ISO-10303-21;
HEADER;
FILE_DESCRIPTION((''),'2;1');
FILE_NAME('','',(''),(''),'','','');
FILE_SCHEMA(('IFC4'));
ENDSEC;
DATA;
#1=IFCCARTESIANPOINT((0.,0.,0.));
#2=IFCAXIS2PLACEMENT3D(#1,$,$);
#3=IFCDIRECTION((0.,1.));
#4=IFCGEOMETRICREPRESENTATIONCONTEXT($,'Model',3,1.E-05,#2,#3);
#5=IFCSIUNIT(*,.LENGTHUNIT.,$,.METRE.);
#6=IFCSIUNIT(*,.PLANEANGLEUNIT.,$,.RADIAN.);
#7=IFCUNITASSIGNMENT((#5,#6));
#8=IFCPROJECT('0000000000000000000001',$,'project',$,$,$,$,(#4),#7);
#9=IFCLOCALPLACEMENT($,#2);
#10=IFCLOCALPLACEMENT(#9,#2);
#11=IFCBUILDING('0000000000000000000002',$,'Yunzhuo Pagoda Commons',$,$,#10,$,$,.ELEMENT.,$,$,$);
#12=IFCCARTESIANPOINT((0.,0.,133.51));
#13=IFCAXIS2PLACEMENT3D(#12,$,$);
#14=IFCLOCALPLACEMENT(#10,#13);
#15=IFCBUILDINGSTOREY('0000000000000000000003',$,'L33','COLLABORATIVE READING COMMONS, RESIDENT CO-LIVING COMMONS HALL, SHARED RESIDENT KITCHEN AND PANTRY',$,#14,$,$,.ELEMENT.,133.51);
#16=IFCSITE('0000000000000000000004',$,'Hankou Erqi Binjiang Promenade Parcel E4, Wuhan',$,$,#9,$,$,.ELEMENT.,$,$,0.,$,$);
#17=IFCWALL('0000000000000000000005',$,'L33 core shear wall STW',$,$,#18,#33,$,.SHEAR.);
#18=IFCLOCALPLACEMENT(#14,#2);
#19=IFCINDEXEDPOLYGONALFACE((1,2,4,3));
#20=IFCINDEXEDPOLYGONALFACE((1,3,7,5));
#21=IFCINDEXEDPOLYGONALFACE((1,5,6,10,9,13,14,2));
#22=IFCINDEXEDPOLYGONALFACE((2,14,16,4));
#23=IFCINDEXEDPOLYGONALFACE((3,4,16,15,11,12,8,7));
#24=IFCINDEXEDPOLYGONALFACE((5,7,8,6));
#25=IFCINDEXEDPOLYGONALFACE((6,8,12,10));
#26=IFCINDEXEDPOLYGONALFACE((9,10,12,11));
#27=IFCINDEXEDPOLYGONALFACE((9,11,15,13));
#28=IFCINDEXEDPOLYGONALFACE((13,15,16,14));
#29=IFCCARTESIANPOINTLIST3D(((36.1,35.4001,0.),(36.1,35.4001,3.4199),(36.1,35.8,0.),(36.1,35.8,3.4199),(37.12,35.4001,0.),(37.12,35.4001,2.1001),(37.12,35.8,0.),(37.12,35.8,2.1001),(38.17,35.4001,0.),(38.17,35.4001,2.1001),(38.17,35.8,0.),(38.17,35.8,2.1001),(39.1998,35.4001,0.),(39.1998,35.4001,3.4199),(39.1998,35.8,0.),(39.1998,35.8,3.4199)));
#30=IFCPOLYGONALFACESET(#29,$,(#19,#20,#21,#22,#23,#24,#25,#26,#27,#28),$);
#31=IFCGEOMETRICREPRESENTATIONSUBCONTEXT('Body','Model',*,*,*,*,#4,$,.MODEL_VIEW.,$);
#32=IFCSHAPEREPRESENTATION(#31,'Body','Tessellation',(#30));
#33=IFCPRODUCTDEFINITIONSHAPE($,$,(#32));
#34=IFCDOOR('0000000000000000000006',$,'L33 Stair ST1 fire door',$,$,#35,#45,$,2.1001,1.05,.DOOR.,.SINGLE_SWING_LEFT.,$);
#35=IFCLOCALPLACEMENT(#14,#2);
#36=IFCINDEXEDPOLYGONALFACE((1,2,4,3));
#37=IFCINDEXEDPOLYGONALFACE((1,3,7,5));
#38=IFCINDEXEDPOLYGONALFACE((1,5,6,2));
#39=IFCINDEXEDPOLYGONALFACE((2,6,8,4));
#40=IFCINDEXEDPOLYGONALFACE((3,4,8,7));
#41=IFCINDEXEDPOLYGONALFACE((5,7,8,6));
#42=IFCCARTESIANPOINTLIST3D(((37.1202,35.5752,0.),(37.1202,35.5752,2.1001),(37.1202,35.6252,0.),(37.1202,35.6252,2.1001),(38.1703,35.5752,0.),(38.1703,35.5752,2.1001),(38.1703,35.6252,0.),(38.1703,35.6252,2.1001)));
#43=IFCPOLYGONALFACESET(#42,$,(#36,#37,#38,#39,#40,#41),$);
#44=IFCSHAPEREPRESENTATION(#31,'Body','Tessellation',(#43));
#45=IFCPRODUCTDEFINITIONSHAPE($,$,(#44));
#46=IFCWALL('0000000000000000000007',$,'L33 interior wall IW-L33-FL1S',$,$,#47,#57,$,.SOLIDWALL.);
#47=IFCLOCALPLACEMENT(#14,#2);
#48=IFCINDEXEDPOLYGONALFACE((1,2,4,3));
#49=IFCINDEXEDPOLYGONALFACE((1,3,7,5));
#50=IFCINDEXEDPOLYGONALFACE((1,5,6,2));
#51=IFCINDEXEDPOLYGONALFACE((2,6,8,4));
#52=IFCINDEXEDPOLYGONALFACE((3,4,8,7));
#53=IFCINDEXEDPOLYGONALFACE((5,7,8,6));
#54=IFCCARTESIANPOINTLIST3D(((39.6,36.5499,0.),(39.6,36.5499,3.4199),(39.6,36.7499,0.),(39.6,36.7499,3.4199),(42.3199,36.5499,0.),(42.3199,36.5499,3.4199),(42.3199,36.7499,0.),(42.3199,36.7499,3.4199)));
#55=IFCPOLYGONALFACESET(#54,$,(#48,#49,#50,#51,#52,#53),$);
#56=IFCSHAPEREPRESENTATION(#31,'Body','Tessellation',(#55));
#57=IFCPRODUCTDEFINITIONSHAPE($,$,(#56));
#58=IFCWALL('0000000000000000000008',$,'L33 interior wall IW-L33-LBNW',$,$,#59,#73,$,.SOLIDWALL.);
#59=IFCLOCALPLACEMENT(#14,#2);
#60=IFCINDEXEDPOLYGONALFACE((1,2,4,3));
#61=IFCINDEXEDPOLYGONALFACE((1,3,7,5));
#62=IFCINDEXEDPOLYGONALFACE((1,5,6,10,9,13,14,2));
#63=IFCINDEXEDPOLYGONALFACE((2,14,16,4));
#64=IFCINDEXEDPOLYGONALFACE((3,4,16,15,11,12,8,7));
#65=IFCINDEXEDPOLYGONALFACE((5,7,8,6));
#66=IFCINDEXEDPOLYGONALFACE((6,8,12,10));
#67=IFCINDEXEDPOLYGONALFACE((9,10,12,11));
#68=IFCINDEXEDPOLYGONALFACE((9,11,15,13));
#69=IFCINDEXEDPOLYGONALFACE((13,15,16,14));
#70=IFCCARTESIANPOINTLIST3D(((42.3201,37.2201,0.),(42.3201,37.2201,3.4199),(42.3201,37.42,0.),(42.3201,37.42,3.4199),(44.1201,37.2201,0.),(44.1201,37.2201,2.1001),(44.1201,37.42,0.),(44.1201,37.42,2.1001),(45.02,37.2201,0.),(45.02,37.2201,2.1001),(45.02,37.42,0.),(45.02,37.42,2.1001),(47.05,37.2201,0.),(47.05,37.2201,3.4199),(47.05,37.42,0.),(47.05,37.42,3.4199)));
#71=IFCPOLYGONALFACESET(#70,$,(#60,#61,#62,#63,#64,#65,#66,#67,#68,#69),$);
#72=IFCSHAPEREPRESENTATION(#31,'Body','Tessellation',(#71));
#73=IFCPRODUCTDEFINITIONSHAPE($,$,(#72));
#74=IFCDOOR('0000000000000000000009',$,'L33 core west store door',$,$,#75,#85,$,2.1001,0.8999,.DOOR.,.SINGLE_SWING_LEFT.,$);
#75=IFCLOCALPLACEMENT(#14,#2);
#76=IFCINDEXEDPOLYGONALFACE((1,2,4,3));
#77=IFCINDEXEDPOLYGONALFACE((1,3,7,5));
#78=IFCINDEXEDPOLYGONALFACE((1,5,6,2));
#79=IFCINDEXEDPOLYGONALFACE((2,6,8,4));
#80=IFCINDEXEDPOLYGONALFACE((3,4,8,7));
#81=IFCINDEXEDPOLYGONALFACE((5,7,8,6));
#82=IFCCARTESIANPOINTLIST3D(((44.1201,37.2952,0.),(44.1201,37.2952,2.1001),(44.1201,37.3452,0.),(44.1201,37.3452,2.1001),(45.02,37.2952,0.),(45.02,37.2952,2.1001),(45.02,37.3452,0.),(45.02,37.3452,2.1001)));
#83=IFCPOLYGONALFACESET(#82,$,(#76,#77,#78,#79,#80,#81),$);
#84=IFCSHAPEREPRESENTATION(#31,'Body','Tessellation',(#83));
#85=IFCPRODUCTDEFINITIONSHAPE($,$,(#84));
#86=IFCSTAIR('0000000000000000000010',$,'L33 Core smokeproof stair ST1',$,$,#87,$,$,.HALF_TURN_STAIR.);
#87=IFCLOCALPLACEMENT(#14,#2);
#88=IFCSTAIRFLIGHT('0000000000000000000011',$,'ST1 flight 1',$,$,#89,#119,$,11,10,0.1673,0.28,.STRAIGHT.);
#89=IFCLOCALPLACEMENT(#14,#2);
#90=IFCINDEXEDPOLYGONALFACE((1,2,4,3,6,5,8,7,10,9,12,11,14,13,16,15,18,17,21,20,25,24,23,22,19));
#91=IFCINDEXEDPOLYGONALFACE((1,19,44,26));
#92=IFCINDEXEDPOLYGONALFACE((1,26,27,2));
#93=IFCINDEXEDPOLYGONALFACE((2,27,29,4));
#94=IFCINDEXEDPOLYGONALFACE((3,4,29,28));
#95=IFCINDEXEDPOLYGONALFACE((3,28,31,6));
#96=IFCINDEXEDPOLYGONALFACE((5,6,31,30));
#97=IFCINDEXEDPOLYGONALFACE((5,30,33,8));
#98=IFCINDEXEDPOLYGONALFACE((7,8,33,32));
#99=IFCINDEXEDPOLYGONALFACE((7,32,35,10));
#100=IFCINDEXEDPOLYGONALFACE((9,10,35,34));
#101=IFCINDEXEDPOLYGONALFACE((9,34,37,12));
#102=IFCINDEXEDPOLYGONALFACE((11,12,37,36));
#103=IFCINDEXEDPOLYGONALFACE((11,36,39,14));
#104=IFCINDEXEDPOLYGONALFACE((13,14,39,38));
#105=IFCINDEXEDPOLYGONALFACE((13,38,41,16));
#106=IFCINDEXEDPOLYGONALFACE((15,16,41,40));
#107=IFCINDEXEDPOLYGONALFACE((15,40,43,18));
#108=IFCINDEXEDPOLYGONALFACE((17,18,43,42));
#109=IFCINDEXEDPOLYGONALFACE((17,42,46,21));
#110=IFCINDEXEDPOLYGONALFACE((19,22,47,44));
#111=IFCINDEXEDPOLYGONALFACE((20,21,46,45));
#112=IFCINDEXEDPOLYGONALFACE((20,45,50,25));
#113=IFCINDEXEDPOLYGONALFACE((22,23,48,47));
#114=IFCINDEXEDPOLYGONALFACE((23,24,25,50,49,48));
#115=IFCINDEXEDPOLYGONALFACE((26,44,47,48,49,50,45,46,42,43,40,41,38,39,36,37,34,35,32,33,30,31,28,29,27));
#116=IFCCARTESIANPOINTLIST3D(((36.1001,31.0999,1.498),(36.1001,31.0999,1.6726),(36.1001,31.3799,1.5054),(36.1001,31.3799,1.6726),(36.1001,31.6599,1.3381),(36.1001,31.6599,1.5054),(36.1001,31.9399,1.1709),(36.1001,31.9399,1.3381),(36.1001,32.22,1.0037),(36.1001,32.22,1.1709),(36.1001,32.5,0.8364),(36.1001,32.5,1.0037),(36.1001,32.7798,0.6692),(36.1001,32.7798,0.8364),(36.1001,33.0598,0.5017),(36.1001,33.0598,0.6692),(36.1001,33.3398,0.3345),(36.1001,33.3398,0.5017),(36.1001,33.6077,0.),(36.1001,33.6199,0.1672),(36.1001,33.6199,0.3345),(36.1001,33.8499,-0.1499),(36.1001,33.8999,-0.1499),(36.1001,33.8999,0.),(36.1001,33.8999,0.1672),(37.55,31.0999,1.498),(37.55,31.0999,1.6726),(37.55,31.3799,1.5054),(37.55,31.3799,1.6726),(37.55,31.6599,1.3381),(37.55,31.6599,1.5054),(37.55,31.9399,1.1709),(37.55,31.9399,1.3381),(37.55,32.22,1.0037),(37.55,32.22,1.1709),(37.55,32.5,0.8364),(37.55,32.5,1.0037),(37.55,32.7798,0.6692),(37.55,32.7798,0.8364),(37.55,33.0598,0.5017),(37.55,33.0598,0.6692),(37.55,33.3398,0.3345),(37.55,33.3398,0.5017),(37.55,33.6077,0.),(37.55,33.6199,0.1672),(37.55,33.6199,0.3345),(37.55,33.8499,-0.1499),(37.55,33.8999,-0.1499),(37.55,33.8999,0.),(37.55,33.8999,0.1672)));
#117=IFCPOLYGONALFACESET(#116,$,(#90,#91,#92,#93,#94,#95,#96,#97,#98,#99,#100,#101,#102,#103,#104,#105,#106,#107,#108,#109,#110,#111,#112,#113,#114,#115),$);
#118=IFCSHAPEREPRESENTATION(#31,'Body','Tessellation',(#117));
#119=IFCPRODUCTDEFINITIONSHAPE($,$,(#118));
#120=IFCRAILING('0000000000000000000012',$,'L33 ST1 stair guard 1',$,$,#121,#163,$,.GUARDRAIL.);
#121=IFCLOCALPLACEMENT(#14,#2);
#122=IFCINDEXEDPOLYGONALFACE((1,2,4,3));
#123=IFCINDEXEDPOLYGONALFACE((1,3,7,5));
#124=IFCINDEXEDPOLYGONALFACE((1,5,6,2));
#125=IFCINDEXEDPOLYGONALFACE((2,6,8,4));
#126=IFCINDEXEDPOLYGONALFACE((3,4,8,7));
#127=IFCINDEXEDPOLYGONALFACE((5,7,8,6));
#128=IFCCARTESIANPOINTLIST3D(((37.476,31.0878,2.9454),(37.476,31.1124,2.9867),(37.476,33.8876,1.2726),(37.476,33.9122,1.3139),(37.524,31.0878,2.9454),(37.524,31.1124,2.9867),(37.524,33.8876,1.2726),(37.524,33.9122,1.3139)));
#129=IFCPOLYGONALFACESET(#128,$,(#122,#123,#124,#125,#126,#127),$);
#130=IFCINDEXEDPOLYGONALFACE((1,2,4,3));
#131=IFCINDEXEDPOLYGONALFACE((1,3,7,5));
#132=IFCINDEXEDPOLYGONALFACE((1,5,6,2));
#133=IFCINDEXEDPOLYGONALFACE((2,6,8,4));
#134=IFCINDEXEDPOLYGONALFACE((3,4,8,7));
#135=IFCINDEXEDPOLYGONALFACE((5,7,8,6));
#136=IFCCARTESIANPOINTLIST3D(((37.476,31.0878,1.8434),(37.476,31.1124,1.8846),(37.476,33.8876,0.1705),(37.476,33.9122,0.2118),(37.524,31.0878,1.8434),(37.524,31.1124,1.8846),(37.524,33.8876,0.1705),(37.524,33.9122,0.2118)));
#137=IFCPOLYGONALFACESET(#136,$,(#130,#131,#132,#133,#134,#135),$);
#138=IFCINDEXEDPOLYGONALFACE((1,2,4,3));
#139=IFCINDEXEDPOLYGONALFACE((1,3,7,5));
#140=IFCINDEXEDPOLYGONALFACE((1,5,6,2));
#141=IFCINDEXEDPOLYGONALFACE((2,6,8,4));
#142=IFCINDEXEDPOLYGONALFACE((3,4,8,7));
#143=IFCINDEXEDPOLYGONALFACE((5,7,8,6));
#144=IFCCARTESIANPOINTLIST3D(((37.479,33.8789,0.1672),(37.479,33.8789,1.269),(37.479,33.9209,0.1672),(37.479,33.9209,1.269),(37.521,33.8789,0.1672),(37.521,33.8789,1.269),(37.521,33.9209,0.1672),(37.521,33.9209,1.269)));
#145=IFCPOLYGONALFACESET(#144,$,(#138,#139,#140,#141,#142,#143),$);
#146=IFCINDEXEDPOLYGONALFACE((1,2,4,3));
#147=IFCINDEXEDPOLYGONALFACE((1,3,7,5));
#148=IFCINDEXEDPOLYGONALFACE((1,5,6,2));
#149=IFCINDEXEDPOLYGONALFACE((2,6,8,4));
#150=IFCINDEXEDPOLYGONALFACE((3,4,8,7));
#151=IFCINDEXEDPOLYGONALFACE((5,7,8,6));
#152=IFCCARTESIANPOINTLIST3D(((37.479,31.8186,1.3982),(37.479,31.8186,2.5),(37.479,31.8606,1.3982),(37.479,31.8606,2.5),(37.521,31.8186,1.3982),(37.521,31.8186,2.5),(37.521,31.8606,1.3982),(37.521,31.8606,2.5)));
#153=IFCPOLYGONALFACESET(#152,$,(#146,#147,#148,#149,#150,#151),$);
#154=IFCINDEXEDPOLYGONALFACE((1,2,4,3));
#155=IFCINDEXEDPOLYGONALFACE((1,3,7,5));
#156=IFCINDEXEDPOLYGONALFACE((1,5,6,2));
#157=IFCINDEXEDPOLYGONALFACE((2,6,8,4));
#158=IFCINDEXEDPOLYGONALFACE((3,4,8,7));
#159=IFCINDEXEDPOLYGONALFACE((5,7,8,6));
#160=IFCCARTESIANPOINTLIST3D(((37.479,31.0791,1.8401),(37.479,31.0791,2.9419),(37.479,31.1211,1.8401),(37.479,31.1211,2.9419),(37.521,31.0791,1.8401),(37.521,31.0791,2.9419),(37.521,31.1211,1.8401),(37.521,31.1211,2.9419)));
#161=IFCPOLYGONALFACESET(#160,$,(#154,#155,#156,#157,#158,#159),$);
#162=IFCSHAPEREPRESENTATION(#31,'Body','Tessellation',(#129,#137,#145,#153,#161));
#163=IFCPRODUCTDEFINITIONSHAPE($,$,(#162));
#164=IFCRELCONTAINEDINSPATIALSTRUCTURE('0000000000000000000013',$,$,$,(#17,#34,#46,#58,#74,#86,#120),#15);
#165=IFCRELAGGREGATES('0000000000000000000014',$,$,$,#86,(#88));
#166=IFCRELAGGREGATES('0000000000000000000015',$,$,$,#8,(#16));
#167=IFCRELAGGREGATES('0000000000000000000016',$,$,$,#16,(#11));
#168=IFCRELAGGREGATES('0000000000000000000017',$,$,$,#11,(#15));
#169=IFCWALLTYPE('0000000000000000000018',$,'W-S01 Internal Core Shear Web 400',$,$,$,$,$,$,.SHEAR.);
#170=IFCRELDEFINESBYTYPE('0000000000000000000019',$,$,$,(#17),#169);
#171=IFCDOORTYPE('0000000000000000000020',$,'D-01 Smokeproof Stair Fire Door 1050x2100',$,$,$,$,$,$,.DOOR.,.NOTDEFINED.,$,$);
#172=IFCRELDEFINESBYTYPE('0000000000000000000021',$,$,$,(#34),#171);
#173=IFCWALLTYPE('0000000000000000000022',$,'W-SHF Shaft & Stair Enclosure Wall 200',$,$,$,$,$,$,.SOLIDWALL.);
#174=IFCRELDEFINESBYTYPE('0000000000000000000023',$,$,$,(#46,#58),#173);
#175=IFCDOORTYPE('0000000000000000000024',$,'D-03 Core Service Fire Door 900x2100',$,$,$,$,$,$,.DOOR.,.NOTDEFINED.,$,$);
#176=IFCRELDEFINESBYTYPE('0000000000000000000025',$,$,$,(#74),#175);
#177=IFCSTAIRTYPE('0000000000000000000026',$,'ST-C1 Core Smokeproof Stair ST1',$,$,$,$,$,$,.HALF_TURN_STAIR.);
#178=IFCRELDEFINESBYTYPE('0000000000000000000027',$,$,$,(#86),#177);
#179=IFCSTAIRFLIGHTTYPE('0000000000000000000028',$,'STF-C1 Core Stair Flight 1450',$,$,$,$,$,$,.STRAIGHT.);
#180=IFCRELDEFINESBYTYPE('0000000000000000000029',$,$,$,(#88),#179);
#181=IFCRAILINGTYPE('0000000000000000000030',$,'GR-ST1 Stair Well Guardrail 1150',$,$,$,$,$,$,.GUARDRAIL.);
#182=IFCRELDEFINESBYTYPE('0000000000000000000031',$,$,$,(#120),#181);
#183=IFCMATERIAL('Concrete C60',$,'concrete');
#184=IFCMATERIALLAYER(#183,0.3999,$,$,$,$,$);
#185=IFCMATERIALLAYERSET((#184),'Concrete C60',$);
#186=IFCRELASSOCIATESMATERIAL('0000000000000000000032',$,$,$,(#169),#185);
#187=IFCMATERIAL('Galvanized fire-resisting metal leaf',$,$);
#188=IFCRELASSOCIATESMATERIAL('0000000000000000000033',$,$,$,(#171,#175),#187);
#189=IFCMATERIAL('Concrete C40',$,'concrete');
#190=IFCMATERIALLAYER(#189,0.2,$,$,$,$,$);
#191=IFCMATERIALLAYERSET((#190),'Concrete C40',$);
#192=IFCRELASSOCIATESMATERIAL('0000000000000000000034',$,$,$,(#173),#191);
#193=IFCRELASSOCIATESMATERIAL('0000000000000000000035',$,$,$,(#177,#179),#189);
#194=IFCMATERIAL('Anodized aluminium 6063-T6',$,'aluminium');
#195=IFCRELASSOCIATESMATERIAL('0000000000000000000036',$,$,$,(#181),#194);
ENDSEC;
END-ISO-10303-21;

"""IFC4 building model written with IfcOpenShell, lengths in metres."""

from ifc_helpers import new_model, si_unit, direction, frame, frame_2d, origin, origin_2d, place, context, subcontext, project, spatial, polyline, rectangle, outline, extrude, source, transform, mapped, material, layer, layer_set, type_object, element, fill, aggregate, save


model = new_model("IFC4")

# Units and contexts
model_context = context("Model", 3, precision=1e-05, world=origin(), true_north=direction((0.0, 1.0)))
body_context = subcontext(model_context, "Body", "Model", "MODEL_VIEW")
ifc_project = project(units=[si_unit("LENGTHUNIT", "METRE"), si_unit("PLANEANGLEUNIT", "RADIAN")], contexts=[model_context])

# Site, building, storey
site_placement = place(None, origin())
site = spatial("IfcSite", under=ifc_project, at=site_placement, Name="Hankou Erqi Binjiang Promenade Parcel E4, Wuhan", CompositionType="ELEMENT", RefElevation=0.0)
building_placement = place(site_placement, origin())
building = spatial("IfcBuilding", under=site, at=building_placement, Name="Yunzhuo Pagoda Commons", CompositionType="ELEMENT")
storey_placement = place(building_placement, frame((0.0, 0.0, 133.51)))
storey = spatial("IfcBuildingStorey", under=building, at=storey_placement, Name="L33", Description="COLLABORATIVE READING COMMONS, RESIDENT CO-LIVING COMMONS HALL, SHARED RESIDENT KITCHEN AND PANTRY", CompositionType="ELEMENT", Elevation=133.51)

# Shared definitions
ifc_material_1 = material(Name="Concrete C60", Category="concrete")
ifc_material_2 = material(Name="Galvanized fire-resisting metal leaf")
shared_shape_1 = source(origin(), body_context, "Body", "SweptSolid", [
    extrude(rectangle(XDim=1.05, YDim=2.1001, at=frame_2d((0.5249, 1.05))), frame((0.0, 0.0249, 0.0), z_axis=(0.0, -1.0, 0.0), x_axis=(1.0, 0.0, 0.0)), (0.0, 0.0, 1.0), 0.05),
])

# Wall, opening, door
ifc_layer_1 = layer(ifc_material_1, 0.3999)
ifc_layer_set_1 = layer_set([ifc_layer_1], Name="Concrete C60")
wall_type_1 = type_object("IfcWallType", Name="W-S01 Internal Core Shear Web 400", PredefinedType="SHEAR", material=ifc_layer_set_1)
wall_1_placement = place(storey_placement, frame((36.1001, 35.6001, 0.0), z_axis=(0.0, 0.0, 1.0), x_axis=(1.0, 0.0, 0.0)))
wall_1 = element("IfcWall", 1, at=wall_1_placement, inside=storey, type_object=wall_type_1, Name="L33 core shear wall STW", PredefinedType="SHEAR", context=body_context, shape_type="SweptSolid", body=[
    extrude(rectangle(XDim=3.0999, YDim=0.3999, at=frame_2d((1.5498, 0.0))), origin(), (0.0, 0.0, 1.0), 3.4199),
])
opening_1_placement = place(wall_1_placement, frame((1.02, 0.0, 0.0)))
opening_1 = element("IfcOpeningElement", 2, at=opening_1_placement, cuts=wall_1, PredefinedType="OPENING", context=body_context, shape_type="SweptSolid", body=[
    extrude(rectangle(XDim=1.05, YDim=2.1001, at=frame_2d((0.5249, 1.05))), frame((0.0, 0.21, 0.0), z_axis=(0.0, -1.0, 0.0), x_axis=(1.0, 0.0, 0.0)), (0.0, 0.0, 1.0), 0.4199),
])
door_type_1 = type_object("IfcDoorType", Name="D-01 Smokeproof Stair Fire Door 1050x2100", OperationType="NOTDEFINED", PredefinedType="DOOR", material=ifc_material_2)
door_1_placement = place(opening_1_placement, frame((1.05, 0.0, 0.0), z_axis=(0.0, 0.0, 1.0), x_axis=(-1.0, 0.0, 0.0)))
door_1 = element("IfcDoor", 3, at=door_1_placement, inside=storey, type_object=door_type_1, Name="L33 Stair ST1 fire door", OperationType="SINGLE_SWING_LEFT", OverallHeight=2.1001, OverallWidth=1.05, PredefinedType="DOOR", context=body_context, shape_type="MappedRepresentation", body=[
    mapped(shared_shape_1, transform((0.0, 0.0, 0.0), scale=1.0)),
])
fill(opening_1, door_1)

# Wall
ifc_material_3 = material(Name="Concrete C40", Category="concrete")
ifc_layer_2 = layer(ifc_material_3, 0.2)
ifc_layer_set_2 = layer_set([ifc_layer_2], Name="Concrete C40")
wall_type_2 = type_object("IfcWallType", Name="W-SHF Shaft & Stair Enclosure Wall 200", PredefinedType="SOLIDWALL", material=ifc_layer_set_2)
wall_2_placement = place(storey_placement, frame((39.6001, 36.6499, 0.0), z_axis=(0.0, 0.0, 1.0), x_axis=(1.0, 0.0, 0.0)))
element("IfcWall", 4, at=wall_2_placement, inside=storey, type_object=wall_type_2, Name="L33 interior wall IW-L33-FL1S", PredefinedType="SOLIDWALL", context=body_context, shape_type="SweptSolid", body=[
    extrude(rectangle(XDim=2.72, YDim=0.2, at=frame_2d((1.3599, 0.0))), origin(), (0.0, 0.0, 1.0), 3.4199),
])

# Wall, opening, door
wall_3_placement = place(storey_placement, frame((42.3201, 37.3201, 0.0), z_axis=(0.0, 0.0, 1.0), x_axis=(1.0, 0.0, 0.0)))
wall_3 = element("IfcWall", 5, at=wall_3_placement, inside=storey, type_object=wall_type_2, Name="L33 interior wall IW-L33-LBNW", PredefinedType="SOLIDWALL", context=body_context, shape_type="SweptSolid", body=[
    extrude(rectangle(XDim=4.73, YDim=0.2, at=frame_2d((2.365, 0.0))), origin(), (0.0, 0.0, 1.0), 3.4199),
])
opening_2_placement = place(wall_3_placement, frame((1.8, 0.0, 0.0)))
opening_2 = element("IfcOpeningElement", 6, at=opening_2_placement, cuts=wall_3, PredefinedType="OPENING", context=body_context, shape_type="SweptSolid", body=[
    extrude(rectangle(XDim=0.8999, YDim=2.1001, at=frame_2d((0.45, 1.05))), frame((0.0, 0.1099, 0.0), z_axis=(0.0, -1.0, 0.0), x_axis=(1.0, 0.0, 0.0)), (0.0, 0.0, 1.0), 0.22),
])
door_type_2 = type_object("IfcDoorType", Name="D-03 Core Service Fire Door 900x2100", OperationType="NOTDEFINED", PredefinedType="DOOR", material=ifc_material_2)
shared_shape_2 = source(origin(), body_context, "Body", "SweptSolid", [
    extrude(rectangle(XDim=0.8999, YDim=2.1001, at=frame_2d((0.45, 1.05))), frame((0.0, 0.0249, 0.0), z_axis=(0.0, -1.0, 0.0), x_axis=(1.0, 0.0, 0.0)), (0.0, 0.0, 1.0), 0.05),
])
door_2_placement = place(opening_2_placement, frame((0.8999, 0.0, 0.0), z_axis=(0.0, 0.0, 1.0), x_axis=(-1.0, 0.0, 0.0)))
door_2 = element("IfcDoor", 7, at=door_2_placement, inside=storey, type_object=door_type_2, Name="L33 core west store door", OperationType="SINGLE_SWING_LEFT", OverallHeight=2.1001, OverallWidth=0.8999, PredefinedType="DOOR", context=body_context, shape_type="MappedRepresentation", body=[
    mapped(shared_shape_2, transform((0.0, 0.0, 0.0), scale=1.0)),
])
fill(opening_2, door_2)

# Stair, stair flight
stair_type = type_object("IfcStairType", Name="ST-C1 Core Smokeproof Stair ST1", PredefinedType="HALF_TURN_STAIR", material=ifc_material_3)
stair_placement = place(storey_placement, origin())
stair = element("IfcStair", 8, at=stair_placement, inside=storey, type_object=stair_type, Name="L33 Core smokeproof stair ST1", PredefinedType="HALF_TURN_STAIR")
stair_flight_type = type_object("IfcStairFlightType", Name="STF-C1 Core Stair Flight 1450", PredefinedType="STRAIGHT", material=ifc_material_3)
shared_shape_3 = source(origin(), body_context, "Body", "SweptSolid", [
    extrude(outline(polyline([(0.0, -0.1499), (0.0, 0.0), (0.0, 0.1672), (0.28, 0.1672), (0.28, 0.3345), (0.5601, 0.3345), (0.5601, 0.5017), (0.8401, 0.5017), (0.8401, 0.6692), (1.1201, 0.6692), (1.1201, 0.8364), (1.3999, 0.8364), (1.3999, 1.0037), (1.6799, 1.0037), (1.6799, 1.1709), (1.96, 1.1709), (1.96, 1.3381), (2.24, 1.3381), (2.24, 1.5054), (2.52, 1.5054), (2.52, 1.6726), (2.8, 1.6726), (2.8, 1.8401), (2.8, 1.498), (0.2922, 0.0), (0.05, -0.1499), (0.0, -0.1499)])), frame((0.0, 0.7251, 0.0), z_axis=(0.0, -1.0, 0.0), x_axis=(1.0, 0.0, 0.0)), (0.0, 0.0, 1.0), 1.45),
])
stair_flight_placement = place(storey_placement, frame((36.825, 33.8999, 0.0), z_axis=(0.0, 0.0, 1.0), x_axis=(0.0, -1.0, 0.0)))
stair_flight = element("IfcStairFlight", 9, at=stair_flight_placement, type_object=stair_flight_type, Name="ST1 flight 1", NumberOfRisers=11, NumberOfTreads=10, PredefinedType="STRAIGHT", RiserHeight=0.1673, TreadLength=0.28, context=body_context, shape_type="MappedRepresentation", body=[
    mapped(shared_shape_3, transform((0.0, 0.0, 0.0), scale=1.0)),
])
aggregate(stair, [stair_flight])

# Railing
ifc_material_4 = material(Name="Anodized aluminium 6063-T6", Category="aluminium")
railing_type = type_object("IfcRailingType", Name="GR-ST1 Stair Well Guardrail 1150", PredefinedType="GUARDRAIL", material=ifc_material_4)
railing_1_placement = place(storey_placement, frame((37.5, 33.8999, 0.1672)))
element("IfcRailing", 10, at=railing_1_placement, inside=storey, type_object=railing_type, Name="L33 ST1 stair guard 1", PredefinedType="GUARDRAIL", context=body_context, shape_type="SweptSolid", body=[
    extrude(rectangle(XDim=0.0481, YDim=0.0481, at=origin_2d()), frame((0.0, 0.0, 1.126), z_axis=(0.0, -0.858443, 0.51291), x_axis=(1.0, 0.0, 0.0)), (0.0, 0.0, 1.0), 3.2615),
    extrude(rectangle(XDim=0.0481, YDim=0.0481, at=origin_2d()), frame((0.0, 0.0, 0.0239), z_axis=(0.0, -0.858443, 0.51291), x_axis=(1.0, 0.0, 0.0)), (0.0, 0.0, 1.0), 3.2615),
    extrude(rectangle(XDim=0.042, YDim=0.042, at=origin_2d()), origin(), (0.0, 0.0, 1.0), 1.1018),
    extrude(rectangle(XDim=0.042, YDim=0.042, at=origin_2d()), frame((0.0, -2.0603, 1.231)), (0.0, 0.0, 1.0), 1.1018),
    extrude(rectangle(XDim=0.042, YDim=0.042, at=origin_2d()), frame((0.0, -2.7998, 1.6729)), (0.0, 0.0, 1.0), 1.1018),
])

save(model, "model.ifc")
